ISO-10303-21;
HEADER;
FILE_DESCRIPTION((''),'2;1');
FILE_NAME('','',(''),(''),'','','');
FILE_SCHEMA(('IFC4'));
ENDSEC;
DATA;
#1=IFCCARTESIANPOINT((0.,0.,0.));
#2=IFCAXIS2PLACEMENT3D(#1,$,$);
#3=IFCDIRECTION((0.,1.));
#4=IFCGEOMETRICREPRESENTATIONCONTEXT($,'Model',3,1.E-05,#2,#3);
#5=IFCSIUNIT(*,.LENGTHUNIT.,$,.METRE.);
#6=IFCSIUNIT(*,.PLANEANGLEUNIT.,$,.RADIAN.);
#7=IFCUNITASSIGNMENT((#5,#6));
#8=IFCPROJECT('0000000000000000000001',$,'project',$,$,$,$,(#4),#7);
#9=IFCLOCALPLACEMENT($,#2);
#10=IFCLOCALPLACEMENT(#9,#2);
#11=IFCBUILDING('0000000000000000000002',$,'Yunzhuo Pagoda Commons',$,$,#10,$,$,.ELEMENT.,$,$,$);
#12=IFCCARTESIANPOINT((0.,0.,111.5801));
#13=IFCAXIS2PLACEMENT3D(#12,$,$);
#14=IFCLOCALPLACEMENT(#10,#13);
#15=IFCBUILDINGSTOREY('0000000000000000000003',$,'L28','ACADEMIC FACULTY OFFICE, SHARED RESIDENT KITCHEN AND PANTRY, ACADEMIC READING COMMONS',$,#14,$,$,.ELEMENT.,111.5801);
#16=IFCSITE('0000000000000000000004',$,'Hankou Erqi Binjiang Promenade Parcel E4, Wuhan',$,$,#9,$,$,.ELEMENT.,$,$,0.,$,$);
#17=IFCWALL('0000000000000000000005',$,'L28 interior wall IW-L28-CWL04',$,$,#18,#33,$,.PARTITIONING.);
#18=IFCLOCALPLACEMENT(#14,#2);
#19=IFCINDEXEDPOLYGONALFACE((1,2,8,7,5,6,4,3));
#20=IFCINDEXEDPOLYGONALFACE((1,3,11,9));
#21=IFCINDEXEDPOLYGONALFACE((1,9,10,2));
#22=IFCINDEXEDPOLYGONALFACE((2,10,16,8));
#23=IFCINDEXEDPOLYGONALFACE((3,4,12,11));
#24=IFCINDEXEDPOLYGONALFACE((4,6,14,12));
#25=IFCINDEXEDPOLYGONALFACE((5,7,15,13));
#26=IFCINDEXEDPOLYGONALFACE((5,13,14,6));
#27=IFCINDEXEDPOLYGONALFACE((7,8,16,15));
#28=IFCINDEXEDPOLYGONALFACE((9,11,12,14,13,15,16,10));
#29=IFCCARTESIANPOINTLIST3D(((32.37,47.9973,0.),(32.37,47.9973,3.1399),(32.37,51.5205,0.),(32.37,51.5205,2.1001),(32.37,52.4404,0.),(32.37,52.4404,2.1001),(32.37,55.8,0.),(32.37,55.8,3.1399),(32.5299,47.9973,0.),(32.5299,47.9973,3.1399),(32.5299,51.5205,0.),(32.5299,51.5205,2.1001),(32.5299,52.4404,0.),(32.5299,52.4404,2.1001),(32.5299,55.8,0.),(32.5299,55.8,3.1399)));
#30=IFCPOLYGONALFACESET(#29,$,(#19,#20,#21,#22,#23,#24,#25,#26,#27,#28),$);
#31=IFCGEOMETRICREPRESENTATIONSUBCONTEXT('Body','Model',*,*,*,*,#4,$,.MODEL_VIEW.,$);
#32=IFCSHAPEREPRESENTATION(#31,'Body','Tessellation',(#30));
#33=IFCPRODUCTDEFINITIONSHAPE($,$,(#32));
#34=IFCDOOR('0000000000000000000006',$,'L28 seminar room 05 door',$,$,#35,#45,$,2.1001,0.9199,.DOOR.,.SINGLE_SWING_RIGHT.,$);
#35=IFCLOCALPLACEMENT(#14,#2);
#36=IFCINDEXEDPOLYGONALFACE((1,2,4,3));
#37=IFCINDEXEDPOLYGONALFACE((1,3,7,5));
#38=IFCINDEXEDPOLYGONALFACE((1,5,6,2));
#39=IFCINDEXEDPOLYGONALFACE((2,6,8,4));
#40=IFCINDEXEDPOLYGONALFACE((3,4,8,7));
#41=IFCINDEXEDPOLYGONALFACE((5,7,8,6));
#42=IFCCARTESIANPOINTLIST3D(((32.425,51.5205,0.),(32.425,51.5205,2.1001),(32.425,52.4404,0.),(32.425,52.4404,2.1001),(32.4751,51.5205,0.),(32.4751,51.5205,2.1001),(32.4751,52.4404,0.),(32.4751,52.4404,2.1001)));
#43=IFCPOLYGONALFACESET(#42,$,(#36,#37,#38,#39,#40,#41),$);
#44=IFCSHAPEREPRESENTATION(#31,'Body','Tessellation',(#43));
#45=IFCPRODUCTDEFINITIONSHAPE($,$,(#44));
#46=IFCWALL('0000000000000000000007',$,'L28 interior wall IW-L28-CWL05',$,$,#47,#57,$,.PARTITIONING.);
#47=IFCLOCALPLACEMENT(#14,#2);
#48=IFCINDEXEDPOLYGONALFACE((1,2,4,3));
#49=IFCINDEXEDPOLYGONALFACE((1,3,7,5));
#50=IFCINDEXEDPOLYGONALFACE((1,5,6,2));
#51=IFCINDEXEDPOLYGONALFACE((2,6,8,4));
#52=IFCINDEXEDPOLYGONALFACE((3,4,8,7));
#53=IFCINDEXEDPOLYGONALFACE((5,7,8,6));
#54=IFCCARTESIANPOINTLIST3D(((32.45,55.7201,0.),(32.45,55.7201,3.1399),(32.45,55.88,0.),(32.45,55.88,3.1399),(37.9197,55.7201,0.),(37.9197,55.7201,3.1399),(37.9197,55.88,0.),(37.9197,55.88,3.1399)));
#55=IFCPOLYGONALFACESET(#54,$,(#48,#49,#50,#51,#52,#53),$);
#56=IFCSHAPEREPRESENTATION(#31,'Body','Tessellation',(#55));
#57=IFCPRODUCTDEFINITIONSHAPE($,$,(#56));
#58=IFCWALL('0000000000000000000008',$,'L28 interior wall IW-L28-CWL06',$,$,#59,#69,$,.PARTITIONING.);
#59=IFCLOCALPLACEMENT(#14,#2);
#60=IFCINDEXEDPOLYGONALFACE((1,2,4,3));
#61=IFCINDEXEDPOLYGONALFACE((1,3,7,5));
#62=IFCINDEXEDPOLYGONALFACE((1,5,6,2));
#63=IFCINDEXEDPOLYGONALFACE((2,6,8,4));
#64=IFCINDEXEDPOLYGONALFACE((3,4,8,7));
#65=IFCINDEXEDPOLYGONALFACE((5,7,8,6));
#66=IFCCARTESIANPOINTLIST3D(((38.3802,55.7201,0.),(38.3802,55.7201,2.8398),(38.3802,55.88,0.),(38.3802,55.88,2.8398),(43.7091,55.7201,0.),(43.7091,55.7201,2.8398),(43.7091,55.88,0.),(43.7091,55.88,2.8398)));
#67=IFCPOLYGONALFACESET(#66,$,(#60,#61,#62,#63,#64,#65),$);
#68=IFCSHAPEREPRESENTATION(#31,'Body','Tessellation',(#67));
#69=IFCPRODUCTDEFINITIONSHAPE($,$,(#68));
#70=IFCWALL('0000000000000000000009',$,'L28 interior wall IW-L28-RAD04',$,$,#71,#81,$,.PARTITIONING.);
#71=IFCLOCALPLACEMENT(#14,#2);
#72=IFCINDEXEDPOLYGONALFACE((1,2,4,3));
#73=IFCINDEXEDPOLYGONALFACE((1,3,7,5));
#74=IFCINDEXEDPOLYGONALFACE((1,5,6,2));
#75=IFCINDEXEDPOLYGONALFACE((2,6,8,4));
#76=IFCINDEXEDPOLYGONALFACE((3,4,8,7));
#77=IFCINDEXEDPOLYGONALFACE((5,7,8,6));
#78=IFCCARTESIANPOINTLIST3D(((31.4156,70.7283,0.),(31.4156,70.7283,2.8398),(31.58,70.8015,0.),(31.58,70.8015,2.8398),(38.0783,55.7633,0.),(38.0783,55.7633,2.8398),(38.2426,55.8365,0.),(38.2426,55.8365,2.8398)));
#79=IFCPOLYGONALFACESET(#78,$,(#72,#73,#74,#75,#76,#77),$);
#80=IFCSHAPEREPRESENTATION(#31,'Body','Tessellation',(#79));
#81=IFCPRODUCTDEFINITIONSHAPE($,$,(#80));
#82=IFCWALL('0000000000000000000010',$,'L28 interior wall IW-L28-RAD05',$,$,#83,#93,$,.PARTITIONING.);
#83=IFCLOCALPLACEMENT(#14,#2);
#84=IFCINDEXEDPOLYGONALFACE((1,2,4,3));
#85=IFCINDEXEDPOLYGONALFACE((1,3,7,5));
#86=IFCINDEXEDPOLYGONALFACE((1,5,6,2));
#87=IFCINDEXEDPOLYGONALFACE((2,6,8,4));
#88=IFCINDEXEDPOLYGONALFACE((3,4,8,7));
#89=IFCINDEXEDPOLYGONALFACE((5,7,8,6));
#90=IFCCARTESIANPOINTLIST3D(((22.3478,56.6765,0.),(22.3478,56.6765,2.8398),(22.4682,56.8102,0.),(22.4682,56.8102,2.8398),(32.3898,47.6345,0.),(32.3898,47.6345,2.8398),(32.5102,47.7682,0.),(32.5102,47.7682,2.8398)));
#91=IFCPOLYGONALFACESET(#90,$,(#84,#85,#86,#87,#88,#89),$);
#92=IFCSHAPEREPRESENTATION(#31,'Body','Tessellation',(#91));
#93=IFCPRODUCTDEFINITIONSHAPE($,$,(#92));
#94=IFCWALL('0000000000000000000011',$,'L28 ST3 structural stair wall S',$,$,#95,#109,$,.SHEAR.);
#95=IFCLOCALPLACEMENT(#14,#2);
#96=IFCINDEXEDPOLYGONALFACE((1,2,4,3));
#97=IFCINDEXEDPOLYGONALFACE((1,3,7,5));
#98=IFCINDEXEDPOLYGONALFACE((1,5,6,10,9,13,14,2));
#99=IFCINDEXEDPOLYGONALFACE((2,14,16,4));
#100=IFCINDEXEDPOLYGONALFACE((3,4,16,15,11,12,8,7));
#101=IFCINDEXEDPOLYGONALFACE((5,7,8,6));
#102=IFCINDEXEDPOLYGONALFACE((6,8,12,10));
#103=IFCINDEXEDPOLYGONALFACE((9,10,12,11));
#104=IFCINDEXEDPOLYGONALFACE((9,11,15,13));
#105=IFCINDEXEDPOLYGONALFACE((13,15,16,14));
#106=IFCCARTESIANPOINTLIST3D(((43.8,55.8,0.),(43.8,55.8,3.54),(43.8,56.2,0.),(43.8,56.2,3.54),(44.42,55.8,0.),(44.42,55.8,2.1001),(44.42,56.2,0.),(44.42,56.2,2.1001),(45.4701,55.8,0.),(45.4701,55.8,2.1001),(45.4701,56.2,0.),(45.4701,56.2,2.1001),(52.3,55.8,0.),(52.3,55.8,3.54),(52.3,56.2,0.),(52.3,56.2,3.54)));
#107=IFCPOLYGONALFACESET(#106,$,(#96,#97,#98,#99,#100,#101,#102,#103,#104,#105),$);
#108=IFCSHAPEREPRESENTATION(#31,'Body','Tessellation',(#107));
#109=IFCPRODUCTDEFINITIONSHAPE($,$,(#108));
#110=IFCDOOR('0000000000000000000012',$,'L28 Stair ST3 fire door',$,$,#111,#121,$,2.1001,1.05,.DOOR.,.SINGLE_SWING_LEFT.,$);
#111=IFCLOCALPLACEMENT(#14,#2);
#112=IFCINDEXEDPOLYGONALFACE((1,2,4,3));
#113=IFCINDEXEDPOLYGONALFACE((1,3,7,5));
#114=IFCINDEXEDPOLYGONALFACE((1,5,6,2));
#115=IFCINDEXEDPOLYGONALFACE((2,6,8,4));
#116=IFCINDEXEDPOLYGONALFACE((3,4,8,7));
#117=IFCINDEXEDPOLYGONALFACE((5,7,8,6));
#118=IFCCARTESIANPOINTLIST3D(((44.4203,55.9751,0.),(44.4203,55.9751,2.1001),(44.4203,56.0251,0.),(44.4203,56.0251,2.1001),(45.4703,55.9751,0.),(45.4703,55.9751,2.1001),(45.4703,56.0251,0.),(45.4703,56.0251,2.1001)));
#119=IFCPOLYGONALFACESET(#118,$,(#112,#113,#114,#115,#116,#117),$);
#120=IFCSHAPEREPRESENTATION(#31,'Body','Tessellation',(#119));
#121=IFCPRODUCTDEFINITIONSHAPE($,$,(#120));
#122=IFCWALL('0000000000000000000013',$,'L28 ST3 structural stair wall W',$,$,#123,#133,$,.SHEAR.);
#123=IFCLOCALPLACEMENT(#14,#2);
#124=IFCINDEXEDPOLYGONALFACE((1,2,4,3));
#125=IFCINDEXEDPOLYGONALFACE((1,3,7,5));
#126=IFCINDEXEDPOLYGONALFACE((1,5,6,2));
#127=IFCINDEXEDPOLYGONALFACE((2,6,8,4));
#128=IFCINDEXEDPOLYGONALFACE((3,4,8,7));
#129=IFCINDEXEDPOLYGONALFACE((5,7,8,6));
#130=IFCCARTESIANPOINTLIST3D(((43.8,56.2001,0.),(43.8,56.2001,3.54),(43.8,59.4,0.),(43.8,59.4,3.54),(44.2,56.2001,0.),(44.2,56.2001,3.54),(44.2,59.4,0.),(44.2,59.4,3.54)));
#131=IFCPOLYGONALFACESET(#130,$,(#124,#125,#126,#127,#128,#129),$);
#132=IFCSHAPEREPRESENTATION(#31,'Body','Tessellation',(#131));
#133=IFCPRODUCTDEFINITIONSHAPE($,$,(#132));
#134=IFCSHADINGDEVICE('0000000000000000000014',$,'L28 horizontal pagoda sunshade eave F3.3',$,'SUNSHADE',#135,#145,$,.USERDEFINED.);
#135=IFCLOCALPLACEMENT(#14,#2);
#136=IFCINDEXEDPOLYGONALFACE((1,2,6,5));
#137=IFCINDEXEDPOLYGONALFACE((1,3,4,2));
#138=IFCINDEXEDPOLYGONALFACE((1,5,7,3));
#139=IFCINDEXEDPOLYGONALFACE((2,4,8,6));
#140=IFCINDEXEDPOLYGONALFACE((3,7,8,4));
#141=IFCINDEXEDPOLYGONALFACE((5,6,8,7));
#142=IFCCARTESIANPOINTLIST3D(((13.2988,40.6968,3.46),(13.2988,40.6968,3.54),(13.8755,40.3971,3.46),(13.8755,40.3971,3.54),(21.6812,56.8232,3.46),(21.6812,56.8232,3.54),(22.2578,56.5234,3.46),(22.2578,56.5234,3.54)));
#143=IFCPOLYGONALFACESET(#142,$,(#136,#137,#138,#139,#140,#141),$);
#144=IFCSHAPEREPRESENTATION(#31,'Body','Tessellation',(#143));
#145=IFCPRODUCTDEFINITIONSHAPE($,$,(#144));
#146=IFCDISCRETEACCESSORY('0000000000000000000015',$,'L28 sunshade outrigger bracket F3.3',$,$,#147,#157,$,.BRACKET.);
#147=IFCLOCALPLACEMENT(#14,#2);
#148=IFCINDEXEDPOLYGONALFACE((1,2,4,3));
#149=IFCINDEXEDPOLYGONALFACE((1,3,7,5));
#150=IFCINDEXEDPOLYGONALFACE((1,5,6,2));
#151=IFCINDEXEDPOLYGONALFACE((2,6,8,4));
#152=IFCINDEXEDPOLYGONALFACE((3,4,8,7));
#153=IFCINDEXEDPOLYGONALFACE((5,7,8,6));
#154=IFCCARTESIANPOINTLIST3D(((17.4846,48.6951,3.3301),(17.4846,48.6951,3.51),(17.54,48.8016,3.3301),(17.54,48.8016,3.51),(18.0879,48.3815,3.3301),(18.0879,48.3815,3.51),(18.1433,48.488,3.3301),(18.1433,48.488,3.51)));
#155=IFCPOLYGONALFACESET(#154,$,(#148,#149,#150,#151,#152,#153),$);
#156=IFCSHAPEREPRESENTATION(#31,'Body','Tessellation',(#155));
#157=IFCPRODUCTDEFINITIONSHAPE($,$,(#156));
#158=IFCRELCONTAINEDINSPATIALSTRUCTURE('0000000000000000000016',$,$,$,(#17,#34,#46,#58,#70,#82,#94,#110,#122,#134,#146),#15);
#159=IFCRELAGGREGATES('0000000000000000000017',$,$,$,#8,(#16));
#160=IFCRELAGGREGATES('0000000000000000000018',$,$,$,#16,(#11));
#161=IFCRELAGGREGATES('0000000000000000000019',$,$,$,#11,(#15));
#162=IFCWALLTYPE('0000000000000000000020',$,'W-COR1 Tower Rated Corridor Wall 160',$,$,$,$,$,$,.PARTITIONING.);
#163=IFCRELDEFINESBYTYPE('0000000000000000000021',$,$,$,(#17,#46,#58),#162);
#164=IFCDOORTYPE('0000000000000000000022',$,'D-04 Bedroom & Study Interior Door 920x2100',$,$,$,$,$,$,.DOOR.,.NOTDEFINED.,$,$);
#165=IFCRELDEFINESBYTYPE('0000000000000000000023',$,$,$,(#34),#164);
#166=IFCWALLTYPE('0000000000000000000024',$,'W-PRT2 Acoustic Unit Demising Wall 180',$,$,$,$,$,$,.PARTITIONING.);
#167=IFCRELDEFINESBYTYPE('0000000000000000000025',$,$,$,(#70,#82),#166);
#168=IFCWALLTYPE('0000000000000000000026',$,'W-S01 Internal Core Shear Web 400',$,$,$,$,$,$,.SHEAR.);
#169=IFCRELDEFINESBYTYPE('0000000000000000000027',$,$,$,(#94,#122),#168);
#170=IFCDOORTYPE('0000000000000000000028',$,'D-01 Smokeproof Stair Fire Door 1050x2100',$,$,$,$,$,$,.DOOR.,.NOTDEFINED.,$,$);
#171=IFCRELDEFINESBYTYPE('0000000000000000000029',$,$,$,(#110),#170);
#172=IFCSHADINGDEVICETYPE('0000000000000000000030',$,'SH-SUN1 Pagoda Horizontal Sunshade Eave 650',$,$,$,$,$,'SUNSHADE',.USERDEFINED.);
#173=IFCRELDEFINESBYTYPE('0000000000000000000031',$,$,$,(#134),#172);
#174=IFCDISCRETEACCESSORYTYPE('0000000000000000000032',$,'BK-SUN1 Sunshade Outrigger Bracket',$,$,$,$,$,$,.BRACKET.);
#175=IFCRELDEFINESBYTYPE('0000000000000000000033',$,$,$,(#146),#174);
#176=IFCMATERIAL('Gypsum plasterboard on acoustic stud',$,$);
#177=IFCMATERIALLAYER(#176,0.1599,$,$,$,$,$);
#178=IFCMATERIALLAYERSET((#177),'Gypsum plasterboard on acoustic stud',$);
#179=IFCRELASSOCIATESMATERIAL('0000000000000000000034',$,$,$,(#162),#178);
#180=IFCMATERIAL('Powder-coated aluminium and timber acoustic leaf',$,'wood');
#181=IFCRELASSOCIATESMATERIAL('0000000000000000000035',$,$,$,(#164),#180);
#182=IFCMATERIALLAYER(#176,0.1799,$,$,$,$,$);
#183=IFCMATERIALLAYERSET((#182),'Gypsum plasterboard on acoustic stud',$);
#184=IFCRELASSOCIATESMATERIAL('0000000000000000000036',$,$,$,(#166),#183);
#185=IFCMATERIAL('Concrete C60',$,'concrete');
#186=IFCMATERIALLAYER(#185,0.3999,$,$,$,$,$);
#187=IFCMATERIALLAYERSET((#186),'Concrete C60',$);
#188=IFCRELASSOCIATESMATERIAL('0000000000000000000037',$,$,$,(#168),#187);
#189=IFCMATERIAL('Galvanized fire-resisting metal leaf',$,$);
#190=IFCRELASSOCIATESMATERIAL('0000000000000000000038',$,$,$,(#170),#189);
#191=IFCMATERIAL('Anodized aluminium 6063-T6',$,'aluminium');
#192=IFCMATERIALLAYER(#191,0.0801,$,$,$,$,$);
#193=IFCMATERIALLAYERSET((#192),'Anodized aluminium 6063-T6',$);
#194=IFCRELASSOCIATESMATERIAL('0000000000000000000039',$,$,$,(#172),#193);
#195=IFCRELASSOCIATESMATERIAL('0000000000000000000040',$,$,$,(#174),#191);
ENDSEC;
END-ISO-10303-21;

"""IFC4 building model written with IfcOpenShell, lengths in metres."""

from ifc_helpers import new_model, si_unit, direction, frame, frame_2d, origin, origin_with_axes, origin_2d, place, context, subcontext, project, spatial, rectangle, extrude, source, transform, mapped, material, layer, layer_set, type_object, element, fill, save


model = new_model("IFC4")

# Units and contexts
model_context = context("Model", 3, precision=1e-05, world=origin(), true_north=direction((0.0, 1.0)))
body_context = subcontext(model_context, "Body", "Model", "MODEL_VIEW")
ifc_project = project(units=[si_unit("LENGTHUNIT", "METRE"), si_unit("PLANEANGLEUNIT", "RADIAN")], contexts=[model_context])

# Site, building, storey
site_placement = place(None, origin())
site = spatial("IfcSite", under=ifc_project, at=site_placement, Name="Hankou Erqi Binjiang Promenade Parcel E4, Wuhan", CompositionType="ELEMENT", RefElevation=0.0)
building_placement = place(site_placement, origin())
building = spatial("IfcBuilding", under=site, at=building_placement, Name="Yunzhuo Pagoda Commons", CompositionType="ELEMENT")
storey_placement = place(building_placement, frame((0.0, 0.0, 111.5801)))
storey = spatial("IfcBuildingStorey", under=building, at=storey_placement, Name="L28", Description="ACADEMIC FACULTY OFFICE, SHARED RESIDENT KITCHEN AND PANTRY, ACADEMIC READING COMMONS", CompositionType="ELEMENT", Elevation=111.5801)

# Shared definitions
ifc_material_1 = material(Name="Anodized aluminium 6063-T6", Category="aluminium")

# Shared definitions
ifc_material_2 = material(Name="Gypsum plasterboard on acoustic stud")
ifc_layer_1 = layer(ifc_material_2, 0.1599)
ifc_layer_set_1 = layer_set([ifc_layer_1], Name="Gypsum plasterboard on acoustic stud")
wall_type_1 = type_object("IfcWallType", Name="W-COR1 Tower Rated Corridor Wall 160", PredefinedType="PARTITIONING", material=ifc_layer_set_1)

# Wall, opening, door
wall_1_placement = place(storey_placement, frame((32.45, 47.9973, 0.0), z_axis=(0.0, 0.0, 1.0), x_axis=(0.0, 1.0, 0.0)))
wall_1 = element("IfcWall", 1, at=wall_1_placement, inside=storey, type_object=wall_type_1, Name="L28 interior wall IW-L28-CWL04", PredefinedType="PARTITIONING", context=body_context, shape_type="SweptSolid", body=[
    extrude(rectangle(XDim=7.8027, YDim=0.1599, at=frame_2d((3.9014, 0.0))), origin(), (0.0, 0.0, 1.0), 3.1399),
])
opening_1_placement = place(wall_1_placement, frame((3.5232, 0.0, 0.0)))
opening_1 = element("IfcOpeningElement", 2, at=opening_1_placement, cuts=wall_1, PredefinedType="OPENING", context=body_context, shape_type="SweptSolid", body=[
    extrude(rectangle(XDim=0.9199, YDim=2.1001, at=frame_2d((0.46, 1.05))), frame((0.0, 0.0898, 0.0), z_axis=(0.0, -1.0, 0.0), x_axis=(1.0, 0.0, 0.0)), (0.0, 0.0, 1.0), 0.1799),
])
ifc_material_3 = material(Name="Powder-coated aluminium and timber acoustic leaf", Category="wood")
door_type_1 = type_object("IfcDoorType", Name="D-04 Bedroom & Study Interior Door 920x2100", OperationType="NOTDEFINED", PredefinedType="DOOR", material=ifc_material_3)
shared_shape_1 = source(origin(), body_context, "Body", "SweptSolid", [
    extrude(rectangle(XDim=0.9199, YDim=2.1001, at=frame_2d((0.46, 1.05))), frame((0.0, 0.0249, 0.0), z_axis=(0.0, -1.0, 0.0), x_axis=(1.0, 0.0, 0.0)), (0.0, 0.0, 1.0), 0.05),
])
door_1_placement = place(opening_1_placement, origin_with_axes())
door_1 = element("IfcDoor", 3, at=door_1_placement, inside=storey, type_object=door_type_1, Name="L28 seminar room 05 door", OperationType="SINGLE_SWING_RIGHT", OverallHeight=2.1001, OverallWidth=0.9199, PredefinedType="DOOR", context=body_context, shape_type="MappedRepresentation", body=[
    mapped(shared_shape_1, transform((0.0, 0.0, 0.0), scale=1.0)),
])
fill(opening_1, door_1)

# Walls
wall_2_placement = place(storey_placement, frame((32.45, 55.8, 0.0), z_axis=(0.0, 0.0, 1.0), x_axis=(1.0, 0.0, 0.0)))
element("IfcWall", 4, at=wall_2_placement, inside=storey, type_object=wall_type_1, Name="L28 interior wall IW-L28-CWL05", PredefinedType="PARTITIONING", context=body_context, shape_type="SweptSolid", body=[
    extrude(rectangle(XDim=5.4697, YDim=0.1599, at=frame_2d((2.7349, 0.0))), origin(), (0.0, 0.0, 1.0), 3.1399),
])
wall_3_placement = place(storey_placement, frame((38.3801, 55.8, 0.0), z_axis=(0.0, 0.0, 1.0), x_axis=(1.0, 0.0, 0.0)))
element("IfcWall", 5, at=wall_3_placement, inside=storey, type_object=wall_type_1, Name="L28 interior wall IW-L28-CWL06", PredefinedType="PARTITIONING", context=body_context, shape_type="SweptSolid", body=[
    extrude(rectangle(XDim=5.3289, YDim=0.1599, at=frame_2d((2.6646, 0.0))), origin(), (0.0, 0.0, 1.0), 2.8398),
])
ifc_layer_2 = layer(ifc_material_2, 0.1799)
ifc_layer_set_2 = layer_set([ifc_layer_2], Name="Gypsum plasterboard on acoustic stud")
wall_type_2 = type_object("IfcWallType", Name="W-PRT2 Acoustic Unit Demising Wall 180", PredefinedType="PARTITIONING", material=ifc_layer_set_2)
wall_4_placement = place(storey_placement, frame((38.1604, 55.8, 0.0), z_axis=(0.0, 0.0, 1.0), x_axis=(-0.406727, 0.91355, 0.0)))
element("IfcWall", 6, at=wall_4_placement, inside=storey, type_object=wall_type_2, Name="L28 interior wall IW-L28-RAD04", PredefinedType="PARTITIONING", context=body_context, shape_type="SweptSolid", body=[
    extrude(rectangle(XDim=16.3811, YDim=0.1799, at=frame_2d((8.1904, 0.0))), origin(), (0.0, 0.0, 1.0), 2.8398),
])
wall_5_placement = place(storey_placement, frame((32.45, 47.7014, 0.0), z_axis=(0.0, 0.0, 1.0), x_axis=(-0.74314, 0.669136, 0.0)))
element("IfcWall", 7, at=wall_5_placement, inside=storey, type_object=wall_type_2, Name="L28 interior wall IW-L28-RAD05", PredefinedType="PARTITIONING", context=body_context, shape_type="SweptSolid", body=[
    extrude(rectangle(XDim=13.5129, YDim=0.1799, at=frame_2d((6.7563, 0.0))), origin(), (0.0, 0.0, 1.0), 2.8398),
])

# Wall, opening, door
ifc_material_4 = material(Name="Concrete C60", Category="concrete")
ifc_layer_3 = layer(ifc_material_4, 0.3999)
ifc_layer_set_3 = layer_set([ifc_layer_3], Name="Concrete C60")
wall_type_3 = type_object("IfcWallType", Name="W-S01 Internal Core Shear Web 400", PredefinedType="SHEAR", material=ifc_layer_set_3)
wall_6_placement = place(storey_placement, frame((43.8, 56.0, 0.0), z_axis=(0.0, 0.0, 1.0), x_axis=(1.0, 0.0, 0.0)))
wall_6 = element("IfcWall", 8, at=wall_6_placement, inside=storey, type_object=wall_type_3, Name="L28 ST3 structural stair wall S", PredefinedType="SHEAR", context=body_context, shape_type="SweptSolid", body=[
    extrude(rectangle(XDim=8.5, YDim=0.3999, at=frame_2d((4.25, 0.0))), origin(), (0.0, 0.0, 1.0), 3.54),
])
opening_2_placement = place(wall_6_placement, frame((0.6201, 0.0, 0.0)))
opening_2 = element("IfcOpeningElement", 9, at=opening_2_placement, cuts=wall_6, PredefinedType="OPENING", context=body_context, shape_type="SweptSolid", body=[
    extrude(rectangle(XDim=1.05, YDim=2.1001, at=frame_2d((0.5249, 1.05))), frame((0.0, 0.21, 0.0), z_axis=(0.0, -1.0, 0.0), x_axis=(1.0, 0.0, 0.0)), (0.0, 0.0, 1.0), 0.4199),
])
ifc_material_5 = material(Name="Galvanized fire-resisting metal leaf")
door_type_2 = type_object("IfcDoorType", Name="D-01 Smokeproof Stair Fire Door 1050x2100", OperationType="NOTDEFINED", PredefinedType="DOOR", material=ifc_material_5)
shared_shape_2 = source(origin(), body_context, "Body", "SweptSolid", [
    extrude(rectangle(XDim=1.05, YDim=2.1001, at=frame_2d((0.5249, 1.05))), frame((0.0, 0.0249, 0.0), z_axis=(0.0, -1.0, 0.0), x_axis=(1.0, 0.0, 0.0)), (0.0, 0.0, 1.0), 0.05),
])
door_2_placement = place(opening_2_placement, frame((1.05, 0.0, 0.0), z_axis=(0.0, 0.0, 1.0), x_axis=(-1.0, 0.0, 0.0)))
door_2 = element("IfcDoor", 10, at=door_2_placement, inside=storey, type_object=door_type_2, Name="L28 Stair ST3 fire door", OperationType="SINGLE_SWING_LEFT", OverallHeight=2.1001, OverallWidth=1.05, PredefinedType="DOOR", context=body_context, shape_type="MappedRepresentation", body=[
    mapped(shared_shape_2, transform((0.0, 0.0, 0.0), scale=1.0)),
])
fill(opening_2, door_2)

# Wall
wall_7_placement = place(storey_placement, frame((44.0, 56.2, 0.0), z_axis=(0.0, 0.0, 1.0), x_axis=(0.0, 1.0, 0.0)))
element("IfcWall", 11, at=wall_7_placement, inside=storey, type_object=wall_type_3, Name="L28 ST3 structural stair wall W", PredefinedType="SHEAR", context=body_context, shape_type="SweptSolid", body=[
    extrude(rectangle(XDim=3.2, YDim=0.3999, at=frame_2d((1.6001, 0.0))), origin(), (0.0, 0.0, 1.0), 3.54),
])

# Shading device
ifc_layer_4 = layer(ifc_material_1, 0.0801)
ifc_layer_set_4 = layer_set([ifc_layer_4], Name="Anodized aluminium 6063-T6")
shading_device_type = type_object("IfcShadingDeviceType", Name="SH-SUN1 Pagoda Horizontal Sunshade Eave 650", ElementType="SUNSHADE", PredefinedType="USERDEFINED", material=ifc_layer_set_4)
shared_shape_3 = source(origin(), body_context, "Body", "SweptSolid", [
    extrude(rectangle(XDim=18.1748, YDim=0.6499, at=origin_2d()), origin(), (0.0, 0.0, 1.0), 0.0801),
])
shading_device_placement = place(storey_placement, frame((17.7783, 48.6101, 3.46), z_axis=(0.0, 0.0, 1.0), x_axis=(-0.461207, -0.887293, 0.0)))
element("IfcShadingDevice", 12, at=shading_device_placement, inside=storey, type_object=shading_device_type, Name="L28 horizontal pagoda sunshade eave F3.3", ObjectType="SUNSHADE", PredefinedType="USERDEFINED", context=body_context, shape_type="MappedRepresentation", body=[
    mapped(shared_shape_3, transform((0.0, 0.0, 0.0), scale=1.0)),
])

# Discrete accessory
discrete_accessory_type = type_object("IfcDiscreteAccessoryType", Name="BK-SUN1 Sunshade Outrigger Bracket", PredefinedType="BRACKET", material=ifc_material_1)
shared_shape_4 = source(origin(), body_context, "Body", "SweptSolid", [
    extrude(rectangle(XDim=0.1201, YDim=0.6799, at=origin_2d()), origin(), (0.0, 0.0, 1.0), 0.1799),
])
discrete_accessory_placement = place(storey_placement, frame((17.814, 48.5916, 3.3301), z_axis=(0.0, 0.0, 1.0), x_axis=(-0.461207, -0.887293, 0.0)))
element("IfcDiscreteAccessory", 13, at=discrete_accessory_placement, inside=storey, type_object=discrete_accessory_type, Name="L28 sunshade outrigger bracket F3.3", PredefinedType="BRACKET", context=body_context, shape_type="MappedRepresentation", body=[
    mapped(shared_shape_4, transform((0.0, 0.0, 0.0), scale=1.0)),
])

save(model, "model.ifc")
